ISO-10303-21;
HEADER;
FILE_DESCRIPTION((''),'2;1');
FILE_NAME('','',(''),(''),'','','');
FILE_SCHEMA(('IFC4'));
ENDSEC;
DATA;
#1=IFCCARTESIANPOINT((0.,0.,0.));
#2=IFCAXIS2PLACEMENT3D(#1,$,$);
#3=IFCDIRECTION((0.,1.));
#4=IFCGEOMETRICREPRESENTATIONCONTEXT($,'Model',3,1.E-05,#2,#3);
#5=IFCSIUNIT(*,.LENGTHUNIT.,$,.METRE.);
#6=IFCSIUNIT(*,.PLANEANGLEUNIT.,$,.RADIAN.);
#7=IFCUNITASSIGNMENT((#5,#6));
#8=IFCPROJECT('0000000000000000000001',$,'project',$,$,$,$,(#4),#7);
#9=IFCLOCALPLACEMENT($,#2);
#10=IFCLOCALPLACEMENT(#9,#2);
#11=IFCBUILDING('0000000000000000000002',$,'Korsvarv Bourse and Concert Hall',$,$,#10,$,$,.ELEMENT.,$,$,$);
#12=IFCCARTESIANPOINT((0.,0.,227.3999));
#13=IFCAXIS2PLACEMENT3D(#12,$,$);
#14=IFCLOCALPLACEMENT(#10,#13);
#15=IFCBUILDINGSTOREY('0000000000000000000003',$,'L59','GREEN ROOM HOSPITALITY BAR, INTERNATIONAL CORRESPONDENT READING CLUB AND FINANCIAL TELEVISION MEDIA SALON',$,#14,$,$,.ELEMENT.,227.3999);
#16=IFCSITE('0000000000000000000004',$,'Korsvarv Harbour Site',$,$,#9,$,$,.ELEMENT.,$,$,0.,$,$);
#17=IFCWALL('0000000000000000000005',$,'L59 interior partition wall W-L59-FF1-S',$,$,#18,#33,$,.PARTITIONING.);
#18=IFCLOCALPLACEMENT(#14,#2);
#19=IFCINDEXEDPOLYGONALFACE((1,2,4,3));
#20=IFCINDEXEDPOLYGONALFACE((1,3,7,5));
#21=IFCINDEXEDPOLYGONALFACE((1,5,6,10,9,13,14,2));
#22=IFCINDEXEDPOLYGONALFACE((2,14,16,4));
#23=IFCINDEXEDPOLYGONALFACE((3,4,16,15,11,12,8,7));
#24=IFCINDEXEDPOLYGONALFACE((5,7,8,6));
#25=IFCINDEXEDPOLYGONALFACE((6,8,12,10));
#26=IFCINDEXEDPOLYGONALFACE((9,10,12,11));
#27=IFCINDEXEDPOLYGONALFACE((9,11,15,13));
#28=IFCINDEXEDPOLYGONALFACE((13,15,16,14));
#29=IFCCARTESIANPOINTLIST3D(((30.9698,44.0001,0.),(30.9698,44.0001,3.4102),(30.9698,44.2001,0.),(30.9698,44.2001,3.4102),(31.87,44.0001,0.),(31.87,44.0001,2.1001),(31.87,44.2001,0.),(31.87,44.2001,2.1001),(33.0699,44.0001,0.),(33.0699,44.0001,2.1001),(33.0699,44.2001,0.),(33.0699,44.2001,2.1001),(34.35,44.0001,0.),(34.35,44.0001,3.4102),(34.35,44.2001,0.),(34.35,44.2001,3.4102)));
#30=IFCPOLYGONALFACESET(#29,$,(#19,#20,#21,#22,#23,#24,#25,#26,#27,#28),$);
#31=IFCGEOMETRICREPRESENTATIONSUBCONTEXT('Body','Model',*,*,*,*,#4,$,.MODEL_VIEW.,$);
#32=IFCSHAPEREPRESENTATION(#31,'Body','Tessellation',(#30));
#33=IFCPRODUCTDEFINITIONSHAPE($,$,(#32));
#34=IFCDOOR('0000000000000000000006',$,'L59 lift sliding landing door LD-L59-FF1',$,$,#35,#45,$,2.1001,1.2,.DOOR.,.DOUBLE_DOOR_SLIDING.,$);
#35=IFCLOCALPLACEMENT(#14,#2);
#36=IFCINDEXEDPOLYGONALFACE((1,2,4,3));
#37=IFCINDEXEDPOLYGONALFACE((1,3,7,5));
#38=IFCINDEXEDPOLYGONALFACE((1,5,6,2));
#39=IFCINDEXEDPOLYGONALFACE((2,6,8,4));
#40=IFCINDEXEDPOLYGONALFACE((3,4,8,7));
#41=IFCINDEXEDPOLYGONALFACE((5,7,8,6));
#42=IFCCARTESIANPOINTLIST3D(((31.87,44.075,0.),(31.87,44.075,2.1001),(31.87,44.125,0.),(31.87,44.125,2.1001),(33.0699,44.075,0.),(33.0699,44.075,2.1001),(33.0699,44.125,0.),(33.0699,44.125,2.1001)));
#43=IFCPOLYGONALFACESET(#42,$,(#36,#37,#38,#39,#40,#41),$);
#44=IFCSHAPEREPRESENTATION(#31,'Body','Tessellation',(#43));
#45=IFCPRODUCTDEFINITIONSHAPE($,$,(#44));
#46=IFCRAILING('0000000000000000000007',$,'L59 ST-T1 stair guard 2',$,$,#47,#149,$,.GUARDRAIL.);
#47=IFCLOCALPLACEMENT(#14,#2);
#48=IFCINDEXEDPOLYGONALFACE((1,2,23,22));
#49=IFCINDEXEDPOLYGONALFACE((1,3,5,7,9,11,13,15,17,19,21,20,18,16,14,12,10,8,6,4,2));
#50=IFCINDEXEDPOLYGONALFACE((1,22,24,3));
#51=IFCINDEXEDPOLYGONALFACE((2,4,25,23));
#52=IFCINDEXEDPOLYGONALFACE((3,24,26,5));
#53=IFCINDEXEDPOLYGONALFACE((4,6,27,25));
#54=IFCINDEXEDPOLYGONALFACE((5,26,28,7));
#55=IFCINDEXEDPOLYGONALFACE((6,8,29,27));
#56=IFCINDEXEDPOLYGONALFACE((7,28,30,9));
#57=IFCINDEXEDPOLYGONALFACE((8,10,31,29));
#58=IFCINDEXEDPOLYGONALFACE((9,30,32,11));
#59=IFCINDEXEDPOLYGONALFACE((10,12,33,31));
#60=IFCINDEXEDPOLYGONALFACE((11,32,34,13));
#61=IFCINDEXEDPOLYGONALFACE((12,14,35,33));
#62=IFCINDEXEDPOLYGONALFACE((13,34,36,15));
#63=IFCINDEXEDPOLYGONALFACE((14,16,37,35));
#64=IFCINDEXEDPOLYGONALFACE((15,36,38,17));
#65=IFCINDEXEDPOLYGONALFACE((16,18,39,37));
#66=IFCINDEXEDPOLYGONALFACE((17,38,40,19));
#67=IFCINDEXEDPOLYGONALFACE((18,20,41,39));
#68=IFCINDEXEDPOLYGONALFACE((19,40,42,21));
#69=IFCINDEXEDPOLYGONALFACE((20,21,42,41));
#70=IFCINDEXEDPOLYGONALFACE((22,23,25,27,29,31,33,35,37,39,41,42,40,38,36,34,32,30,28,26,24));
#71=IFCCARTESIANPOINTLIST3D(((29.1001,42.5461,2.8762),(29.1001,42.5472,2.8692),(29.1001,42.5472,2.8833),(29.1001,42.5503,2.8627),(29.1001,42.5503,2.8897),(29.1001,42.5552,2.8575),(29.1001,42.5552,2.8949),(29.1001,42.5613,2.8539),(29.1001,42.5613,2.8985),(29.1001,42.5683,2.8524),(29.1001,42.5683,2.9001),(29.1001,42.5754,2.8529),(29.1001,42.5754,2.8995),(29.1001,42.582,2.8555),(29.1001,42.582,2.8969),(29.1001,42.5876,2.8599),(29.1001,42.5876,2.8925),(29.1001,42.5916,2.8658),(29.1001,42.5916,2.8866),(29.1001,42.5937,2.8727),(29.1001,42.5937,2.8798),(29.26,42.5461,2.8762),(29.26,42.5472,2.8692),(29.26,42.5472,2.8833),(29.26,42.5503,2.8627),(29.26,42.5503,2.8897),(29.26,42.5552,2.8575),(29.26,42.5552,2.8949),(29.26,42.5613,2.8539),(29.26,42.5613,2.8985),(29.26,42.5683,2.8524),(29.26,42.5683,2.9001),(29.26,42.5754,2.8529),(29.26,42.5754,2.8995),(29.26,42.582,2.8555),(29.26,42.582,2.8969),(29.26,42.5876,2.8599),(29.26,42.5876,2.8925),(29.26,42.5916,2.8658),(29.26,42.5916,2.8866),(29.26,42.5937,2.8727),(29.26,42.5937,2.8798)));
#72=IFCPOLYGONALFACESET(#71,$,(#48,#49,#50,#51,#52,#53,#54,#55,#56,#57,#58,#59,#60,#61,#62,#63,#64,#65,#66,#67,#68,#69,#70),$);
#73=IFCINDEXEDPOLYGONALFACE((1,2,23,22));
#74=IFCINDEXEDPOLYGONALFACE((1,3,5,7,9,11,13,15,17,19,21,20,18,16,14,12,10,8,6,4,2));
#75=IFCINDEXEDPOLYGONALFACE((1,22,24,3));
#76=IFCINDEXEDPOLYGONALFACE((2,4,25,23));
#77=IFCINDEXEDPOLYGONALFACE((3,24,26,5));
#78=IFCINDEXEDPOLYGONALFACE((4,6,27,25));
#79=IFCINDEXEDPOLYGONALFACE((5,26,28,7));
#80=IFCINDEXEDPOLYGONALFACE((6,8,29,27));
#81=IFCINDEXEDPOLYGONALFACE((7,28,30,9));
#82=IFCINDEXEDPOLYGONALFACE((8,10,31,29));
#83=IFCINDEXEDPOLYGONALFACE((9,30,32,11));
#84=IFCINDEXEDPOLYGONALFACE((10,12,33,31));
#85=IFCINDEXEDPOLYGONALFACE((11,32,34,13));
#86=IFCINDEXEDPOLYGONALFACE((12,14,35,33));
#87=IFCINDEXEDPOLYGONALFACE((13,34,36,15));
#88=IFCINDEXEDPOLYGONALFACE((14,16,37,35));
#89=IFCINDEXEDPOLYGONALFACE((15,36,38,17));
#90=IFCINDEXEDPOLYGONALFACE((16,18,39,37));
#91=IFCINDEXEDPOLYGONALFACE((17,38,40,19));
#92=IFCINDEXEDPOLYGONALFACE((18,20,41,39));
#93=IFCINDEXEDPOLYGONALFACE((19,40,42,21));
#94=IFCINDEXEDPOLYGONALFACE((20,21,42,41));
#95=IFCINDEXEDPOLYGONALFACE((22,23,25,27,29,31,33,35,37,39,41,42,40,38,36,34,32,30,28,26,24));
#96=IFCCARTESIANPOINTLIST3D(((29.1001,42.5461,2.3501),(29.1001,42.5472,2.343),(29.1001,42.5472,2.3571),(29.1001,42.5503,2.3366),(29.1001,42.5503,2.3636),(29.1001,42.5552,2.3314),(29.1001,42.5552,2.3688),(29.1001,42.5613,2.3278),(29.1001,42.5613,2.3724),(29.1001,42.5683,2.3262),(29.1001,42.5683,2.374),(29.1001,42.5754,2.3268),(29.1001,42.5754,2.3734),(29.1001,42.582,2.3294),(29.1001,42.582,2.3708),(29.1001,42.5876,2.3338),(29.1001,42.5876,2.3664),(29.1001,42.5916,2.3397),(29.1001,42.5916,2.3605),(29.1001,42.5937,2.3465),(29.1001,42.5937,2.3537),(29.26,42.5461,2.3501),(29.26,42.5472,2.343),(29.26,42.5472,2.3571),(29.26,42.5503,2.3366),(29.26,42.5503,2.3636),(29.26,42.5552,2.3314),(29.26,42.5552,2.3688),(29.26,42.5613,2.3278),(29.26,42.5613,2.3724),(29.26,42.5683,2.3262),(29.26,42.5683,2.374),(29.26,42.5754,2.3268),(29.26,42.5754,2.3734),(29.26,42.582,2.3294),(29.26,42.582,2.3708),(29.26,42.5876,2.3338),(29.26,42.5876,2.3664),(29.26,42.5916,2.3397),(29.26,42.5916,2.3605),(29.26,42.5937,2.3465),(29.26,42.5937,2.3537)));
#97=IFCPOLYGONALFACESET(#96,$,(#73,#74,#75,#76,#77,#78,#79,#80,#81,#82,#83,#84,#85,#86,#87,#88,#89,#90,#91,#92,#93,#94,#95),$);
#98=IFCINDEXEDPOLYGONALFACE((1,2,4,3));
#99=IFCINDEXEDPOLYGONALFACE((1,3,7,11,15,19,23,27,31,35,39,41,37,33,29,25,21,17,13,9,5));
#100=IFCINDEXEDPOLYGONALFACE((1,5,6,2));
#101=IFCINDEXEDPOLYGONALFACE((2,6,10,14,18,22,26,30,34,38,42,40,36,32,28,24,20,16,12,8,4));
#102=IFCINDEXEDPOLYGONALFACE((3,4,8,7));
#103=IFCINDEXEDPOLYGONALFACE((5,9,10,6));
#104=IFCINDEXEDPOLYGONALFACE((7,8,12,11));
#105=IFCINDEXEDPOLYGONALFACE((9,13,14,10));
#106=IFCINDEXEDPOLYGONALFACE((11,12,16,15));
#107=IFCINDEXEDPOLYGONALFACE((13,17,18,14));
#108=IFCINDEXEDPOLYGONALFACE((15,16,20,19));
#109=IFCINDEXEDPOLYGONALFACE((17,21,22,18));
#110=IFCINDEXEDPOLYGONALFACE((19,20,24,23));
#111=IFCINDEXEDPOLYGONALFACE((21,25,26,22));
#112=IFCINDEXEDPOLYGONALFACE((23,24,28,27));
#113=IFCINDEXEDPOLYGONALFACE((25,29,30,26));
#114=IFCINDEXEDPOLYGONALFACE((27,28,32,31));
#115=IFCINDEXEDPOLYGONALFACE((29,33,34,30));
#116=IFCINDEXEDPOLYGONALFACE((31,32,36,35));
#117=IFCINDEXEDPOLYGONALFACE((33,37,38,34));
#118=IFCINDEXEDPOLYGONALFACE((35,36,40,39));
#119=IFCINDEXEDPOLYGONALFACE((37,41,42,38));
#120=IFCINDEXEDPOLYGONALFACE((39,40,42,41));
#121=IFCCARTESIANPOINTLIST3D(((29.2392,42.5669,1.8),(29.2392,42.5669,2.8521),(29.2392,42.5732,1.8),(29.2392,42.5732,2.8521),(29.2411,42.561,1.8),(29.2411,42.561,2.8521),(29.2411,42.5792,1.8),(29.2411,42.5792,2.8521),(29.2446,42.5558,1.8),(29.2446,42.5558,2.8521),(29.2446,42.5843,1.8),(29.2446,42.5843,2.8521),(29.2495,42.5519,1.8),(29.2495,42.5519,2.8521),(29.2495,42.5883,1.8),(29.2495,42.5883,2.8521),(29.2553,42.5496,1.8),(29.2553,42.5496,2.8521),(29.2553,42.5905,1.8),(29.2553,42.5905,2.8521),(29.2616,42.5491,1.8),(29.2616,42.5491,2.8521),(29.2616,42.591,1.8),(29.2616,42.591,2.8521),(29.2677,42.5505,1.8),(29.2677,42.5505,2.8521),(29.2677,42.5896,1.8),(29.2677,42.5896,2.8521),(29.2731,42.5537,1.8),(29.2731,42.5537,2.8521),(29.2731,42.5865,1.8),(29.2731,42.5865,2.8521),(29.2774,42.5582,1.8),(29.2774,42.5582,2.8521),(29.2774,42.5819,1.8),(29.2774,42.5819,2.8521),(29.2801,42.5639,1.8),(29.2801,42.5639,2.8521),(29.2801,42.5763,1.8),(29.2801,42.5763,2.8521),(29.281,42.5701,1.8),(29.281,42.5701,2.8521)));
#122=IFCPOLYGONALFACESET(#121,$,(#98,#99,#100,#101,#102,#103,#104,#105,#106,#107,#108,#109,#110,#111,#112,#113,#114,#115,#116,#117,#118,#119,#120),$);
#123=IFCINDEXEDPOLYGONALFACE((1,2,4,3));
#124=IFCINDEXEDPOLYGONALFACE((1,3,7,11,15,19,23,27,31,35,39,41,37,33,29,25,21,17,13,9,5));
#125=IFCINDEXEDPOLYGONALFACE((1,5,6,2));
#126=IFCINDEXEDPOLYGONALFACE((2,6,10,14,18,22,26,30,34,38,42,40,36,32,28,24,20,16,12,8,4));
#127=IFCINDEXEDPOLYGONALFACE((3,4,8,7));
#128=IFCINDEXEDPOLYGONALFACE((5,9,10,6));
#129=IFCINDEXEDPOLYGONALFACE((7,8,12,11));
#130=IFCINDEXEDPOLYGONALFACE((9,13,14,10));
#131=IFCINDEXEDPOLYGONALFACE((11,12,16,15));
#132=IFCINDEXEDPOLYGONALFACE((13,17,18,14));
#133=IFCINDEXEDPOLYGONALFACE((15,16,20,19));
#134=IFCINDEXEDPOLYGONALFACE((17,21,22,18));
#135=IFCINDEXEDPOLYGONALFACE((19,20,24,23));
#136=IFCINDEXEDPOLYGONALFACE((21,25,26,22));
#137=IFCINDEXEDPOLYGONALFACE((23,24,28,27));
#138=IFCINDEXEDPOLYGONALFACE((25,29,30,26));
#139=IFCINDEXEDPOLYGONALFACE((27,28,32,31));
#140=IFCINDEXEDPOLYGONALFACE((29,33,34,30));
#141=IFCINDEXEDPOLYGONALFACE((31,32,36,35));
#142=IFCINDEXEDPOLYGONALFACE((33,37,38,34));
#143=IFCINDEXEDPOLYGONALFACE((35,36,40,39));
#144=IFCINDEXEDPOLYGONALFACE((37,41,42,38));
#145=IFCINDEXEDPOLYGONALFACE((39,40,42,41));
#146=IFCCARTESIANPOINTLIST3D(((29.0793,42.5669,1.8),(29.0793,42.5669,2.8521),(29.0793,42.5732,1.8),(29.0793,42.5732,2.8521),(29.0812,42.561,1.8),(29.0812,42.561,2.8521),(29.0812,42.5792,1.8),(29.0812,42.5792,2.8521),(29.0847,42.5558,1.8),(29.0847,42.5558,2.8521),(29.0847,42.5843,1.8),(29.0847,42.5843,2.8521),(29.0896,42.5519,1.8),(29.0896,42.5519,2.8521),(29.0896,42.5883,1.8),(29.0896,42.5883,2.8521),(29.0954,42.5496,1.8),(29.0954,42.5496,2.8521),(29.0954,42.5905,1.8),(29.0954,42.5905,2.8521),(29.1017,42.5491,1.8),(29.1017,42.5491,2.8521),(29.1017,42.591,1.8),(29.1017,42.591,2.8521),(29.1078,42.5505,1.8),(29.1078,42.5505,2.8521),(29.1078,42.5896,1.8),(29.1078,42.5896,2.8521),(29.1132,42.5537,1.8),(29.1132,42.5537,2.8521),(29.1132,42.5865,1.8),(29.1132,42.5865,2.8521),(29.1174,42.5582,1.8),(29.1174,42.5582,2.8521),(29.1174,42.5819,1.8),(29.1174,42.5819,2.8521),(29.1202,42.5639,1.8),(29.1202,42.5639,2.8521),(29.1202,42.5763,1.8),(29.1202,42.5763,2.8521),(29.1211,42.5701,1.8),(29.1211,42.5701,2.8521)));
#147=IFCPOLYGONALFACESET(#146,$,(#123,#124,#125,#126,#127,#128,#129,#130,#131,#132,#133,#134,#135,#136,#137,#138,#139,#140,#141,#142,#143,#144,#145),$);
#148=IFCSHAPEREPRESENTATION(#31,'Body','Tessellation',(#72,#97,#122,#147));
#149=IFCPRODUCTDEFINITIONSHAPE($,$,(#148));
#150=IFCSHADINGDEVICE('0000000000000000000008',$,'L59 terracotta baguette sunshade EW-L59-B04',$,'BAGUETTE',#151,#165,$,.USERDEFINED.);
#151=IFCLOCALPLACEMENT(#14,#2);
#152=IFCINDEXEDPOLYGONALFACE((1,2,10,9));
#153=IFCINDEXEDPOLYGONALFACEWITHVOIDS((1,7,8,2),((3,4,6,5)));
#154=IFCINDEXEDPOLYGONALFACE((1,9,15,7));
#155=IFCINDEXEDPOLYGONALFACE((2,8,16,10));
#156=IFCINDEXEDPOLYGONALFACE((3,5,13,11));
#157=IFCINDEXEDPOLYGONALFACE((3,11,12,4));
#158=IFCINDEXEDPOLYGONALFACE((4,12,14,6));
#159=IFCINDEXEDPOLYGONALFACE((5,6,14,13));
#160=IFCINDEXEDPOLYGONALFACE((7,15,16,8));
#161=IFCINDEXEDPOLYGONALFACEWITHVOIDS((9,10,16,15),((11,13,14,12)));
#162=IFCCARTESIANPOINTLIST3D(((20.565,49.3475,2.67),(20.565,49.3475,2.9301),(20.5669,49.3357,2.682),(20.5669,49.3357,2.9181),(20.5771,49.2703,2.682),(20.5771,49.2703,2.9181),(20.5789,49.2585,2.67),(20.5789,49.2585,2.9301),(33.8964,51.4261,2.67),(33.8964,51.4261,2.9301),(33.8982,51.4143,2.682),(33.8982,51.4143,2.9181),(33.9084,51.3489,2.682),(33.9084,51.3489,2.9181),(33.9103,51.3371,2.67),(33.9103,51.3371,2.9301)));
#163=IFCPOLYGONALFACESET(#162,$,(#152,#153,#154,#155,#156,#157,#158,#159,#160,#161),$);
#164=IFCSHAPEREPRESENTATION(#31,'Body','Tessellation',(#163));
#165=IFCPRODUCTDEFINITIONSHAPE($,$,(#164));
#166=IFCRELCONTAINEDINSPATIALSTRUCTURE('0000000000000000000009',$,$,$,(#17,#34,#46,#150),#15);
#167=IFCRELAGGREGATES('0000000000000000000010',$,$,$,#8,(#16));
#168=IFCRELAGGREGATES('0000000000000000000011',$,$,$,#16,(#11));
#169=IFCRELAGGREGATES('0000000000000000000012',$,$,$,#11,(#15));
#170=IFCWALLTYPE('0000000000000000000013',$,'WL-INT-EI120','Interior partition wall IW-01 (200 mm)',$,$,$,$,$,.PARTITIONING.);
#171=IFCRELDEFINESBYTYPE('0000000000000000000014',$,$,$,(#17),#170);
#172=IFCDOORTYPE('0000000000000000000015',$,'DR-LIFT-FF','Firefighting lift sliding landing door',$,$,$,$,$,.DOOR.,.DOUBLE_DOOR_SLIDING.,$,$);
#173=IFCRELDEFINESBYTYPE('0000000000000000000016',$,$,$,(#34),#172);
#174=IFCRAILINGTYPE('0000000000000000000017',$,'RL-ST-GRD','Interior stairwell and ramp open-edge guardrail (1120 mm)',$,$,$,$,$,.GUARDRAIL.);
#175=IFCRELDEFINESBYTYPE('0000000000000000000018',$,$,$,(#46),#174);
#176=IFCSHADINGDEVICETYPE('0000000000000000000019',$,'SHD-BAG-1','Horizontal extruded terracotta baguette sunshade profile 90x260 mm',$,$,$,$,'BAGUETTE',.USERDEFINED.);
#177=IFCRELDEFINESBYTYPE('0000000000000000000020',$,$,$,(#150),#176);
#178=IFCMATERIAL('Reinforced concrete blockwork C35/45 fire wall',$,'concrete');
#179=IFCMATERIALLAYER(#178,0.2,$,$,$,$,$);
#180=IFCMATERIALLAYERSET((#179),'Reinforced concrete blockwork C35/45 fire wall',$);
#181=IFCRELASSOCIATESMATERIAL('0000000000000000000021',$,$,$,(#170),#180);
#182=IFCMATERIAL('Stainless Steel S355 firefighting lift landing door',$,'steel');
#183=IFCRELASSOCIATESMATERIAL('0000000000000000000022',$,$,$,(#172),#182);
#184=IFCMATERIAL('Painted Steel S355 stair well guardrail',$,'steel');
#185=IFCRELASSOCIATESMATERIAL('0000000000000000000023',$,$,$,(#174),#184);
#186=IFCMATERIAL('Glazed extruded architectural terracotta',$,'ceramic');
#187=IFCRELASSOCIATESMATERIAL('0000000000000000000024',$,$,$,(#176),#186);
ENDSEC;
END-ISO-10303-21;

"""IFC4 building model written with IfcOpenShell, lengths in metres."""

from ifc_helpers import new_model, si_unit, direction, frame, frame_2d, origin, origin_2d, place, context, subcontext, project, spatial, rectangle, hollow_rectangle, circle, extrude, source, transform, mapped, material, layer, layer_set, material_profile, profile_set, type_object, element, fill, save


model = new_model("IFC4")

# Units and contexts
model_context = context("Model", 3, precision=1e-05, world=origin(), true_north=direction((0.0, 1.0)))
body_context = subcontext(model_context, "Body", "Model", "MODEL_VIEW")
ifc_project = project(units=[si_unit("LENGTHUNIT", "METRE"), si_unit("PLANEANGLEUNIT", "RADIAN")], contexts=[model_context])

# Site, building, storey
site_placement = place(None, origin())
site = spatial("IfcSite", under=ifc_project, at=site_placement, Name="Korsvarv Harbour Site", CompositionType="ELEMENT", RefElevation=0.0)
building_placement = place(site_placement, origin())
building = spatial("IfcBuilding", under=site, at=building_placement, Name="Korsvarv Bourse and Concert Hall", CompositionType="ELEMENT")
storey_placement = place(building_placement, frame((0.0, 0.0, 227.3999)))
storey = spatial("IfcBuildingStorey", under=building, at=storey_placement, Name="L59", Description="GREEN ROOM HOSPITALITY BAR, INTERNATIONAL CORRESPONDENT READING CLUB AND FINANCIAL TELEVISION MEDIA SALON", CompositionType="ELEMENT", Elevation=227.3999)

# Wall, opening, door
ifc_material_1 = material(Name="Reinforced concrete blockwork C35/45 fire wall", Category="concrete")
ifc_layer_1 = layer(ifc_material_1, 0.2)
ifc_layer_set_1 = layer_set([ifc_layer_1], Name="Reinforced concrete blockwork C35/45 fire wall")
wall_type_1 = type_object("IfcWallType", Name="WL-INT-EI120", Description="Interior partition wall IW-01 (200 mm)", PredefinedType="PARTITIONING", material=ifc_layer_set_1)
wall_1_placement = place(storey_placement, frame((30.97, 44.1001, 0.0), z_axis=(0.0, 0.0, 1.0), x_axis=(1.0, 0.0, 0.0)))
wall_1 = element("IfcWall", 1, at=wall_1_placement, inside=storey, type_object=wall_type_1, Name="L59 interior partition wall W-L59-FF1-S", PredefinedType="PARTITIONING", context=body_context, shape_type="SweptSolid", body=[
    extrude(rectangle(XDim=3.3801, YDim=0.2, at=frame_2d((1.6899, 0.0))), origin(), (0.0, 0.0, 1.0), 3.4102),
])
opening_1_placement = place(wall_1_placement, frame((0.8999, 0.0, 0.0)))
opening_1 = element("IfcOpeningElement", 2, at=opening_1_placement, cuts=wall_1, PredefinedType="OPENING", context=body_context, shape_type="SweptSolid", body=[
    extrude(rectangle(XDim=1.2, YDim=2.1001, at=frame_2d((0.6001, 1.05))), frame((0.0, 0.1099, 0.0), z_axis=(0.0, -1.0, 0.0), x_axis=(1.0, 0.0, 0.0)), (0.0, 0.0, 1.0), 0.22),
])
ifc_material_2 = material(Name="Stainless Steel S355 firefighting lift landing door", Category="steel")
door_type = type_object("IfcDoorType", Name="DR-LIFT-FF", Description="Firefighting lift sliding landing door", OperationType="DOUBLE_DOOR_SLIDING", PredefinedType="DOOR", material=ifc_material_2)
door_placement = place(opening_1_placement, origin())
door = element("IfcDoor", 3, at=door_placement, inside=storey, type_object=door_type, Name="L59 lift sliding landing door LD-L59-FF1", OperationType="DOUBLE_DOOR_SLIDING", OverallHeight=2.1001, OverallWidth=1.2, PredefinedType="DOOR", context=body_context, shape_type="SweptSolid", body=[
    extrude(rectangle(XDim=1.2, YDim=2.1001, at=frame_2d((0.6001, 1.05))), frame((0.0, 0.0249, 0.0), z_axis=(0.0, -1.0, 0.0), x_axis=(1.0, 0.0, 0.0)), (0.0, 0.0, 1.0), 0.05),
])
fill(opening_1, door)

# Railing
ifc_material_3 = material(Name="Painted Steel S355 stair well guardrail", Category="steel")
railing_type = type_object("IfcRailingType", Name="RL-ST-GRD", Description="Interior stairwell and ramp open-edge guardrail (1120 mm)", PredefinedType="GUARDRAIL", material=ifc_material_3)
railing_placement = place(storey_placement, frame((29.26, 42.5701, 1.8)))
element("IfcRailing", 4, at=railing_placement, inside=storey, type_object=railing_type, Name="L59 ST-T1 stair guard 2", PredefinedType="GUARDRAIL", context=body_context, shape_type="SweptSolid", body=[
    extrude(circle(Radius=0.0239, at=origin_2d()), frame((0.0, 0.0, 1.0762), z_axis=(-1.0, 0.0, 0.0), x_axis=(0.0, -1.0, 0.0)), (0.0, 0.0, 1.0), 0.1599),
    extrude(circle(Radius=0.0239, at=origin_2d()), frame((0.0, 0.0, 0.55), z_axis=(-1.0, 0.0, 0.0), x_axis=(0.0, -1.0, 0.0)), (0.0, 0.0, 1.0), 0.1599),
    extrude(circle(Radius=0.021, at=origin_2d()), origin(), (0.0, 0.0, 1.0), 1.052),
    extrude(circle(Radius=0.021, at=origin_2d()), frame((-0.1599, 0.0, 0.0)), (0.0, 0.0, 1.0), 1.052),
])

# Shading device
ifc_material_4 = material(Name="Glazed extruded architectural terracotta", Category="ceramic")
ifc_material_profile_1 = material_profile(ifc_material_4, hollow_rectangle(XDim=0.0901, YDim=0.26, WallThickness=0.012, at=origin_2d()), Name="TC-BAG 90x260")
ifc_profile_set_1 = profile_set([ifc_material_profile_1], Name="Glazed extruded architectural terracotta")
shading_device_type = type_object("IfcShadingDeviceType", Name="SHD-BAG-1", Description="Horizontal extruded terracotta baguette sunshade profile 90x260 mm", ElementType="BAGUETTE", PredefinedType="USERDEFINED", material=ifc_profile_set_1)
shared_shape_1 = source(origin(), body_context, "Body", "SweptSolid", [
    extrude(hollow_rectangle(XDim=0.0901, YDim=0.26, WallThickness=0.012, at=origin_2d()), origin(), (0.0, 0.0, 1.0), 13.4924),
])
shading_device_placement = place(storey_placement, frame((33.9033, 51.3816, 2.8), z_axis=(-0.988062, -0.154058, 0.0), x_axis=(0.154058, -0.988062, 0.0)))
element("IfcShadingDevice", 5, at=shading_device_placement, inside=storey, type_object=shading_device_type, Name="L59 terracotta baguette sunshade EW-L59-B04", ObjectType="BAGUETTE", PredefinedType="USERDEFINED", context=body_context, shape_type="MappedRepresentation", body=[
    mapped(shared_shape_1, transform((0.0, 0.0, 0.0), scale=1.0)),
])

save(model, "model.ifc")
